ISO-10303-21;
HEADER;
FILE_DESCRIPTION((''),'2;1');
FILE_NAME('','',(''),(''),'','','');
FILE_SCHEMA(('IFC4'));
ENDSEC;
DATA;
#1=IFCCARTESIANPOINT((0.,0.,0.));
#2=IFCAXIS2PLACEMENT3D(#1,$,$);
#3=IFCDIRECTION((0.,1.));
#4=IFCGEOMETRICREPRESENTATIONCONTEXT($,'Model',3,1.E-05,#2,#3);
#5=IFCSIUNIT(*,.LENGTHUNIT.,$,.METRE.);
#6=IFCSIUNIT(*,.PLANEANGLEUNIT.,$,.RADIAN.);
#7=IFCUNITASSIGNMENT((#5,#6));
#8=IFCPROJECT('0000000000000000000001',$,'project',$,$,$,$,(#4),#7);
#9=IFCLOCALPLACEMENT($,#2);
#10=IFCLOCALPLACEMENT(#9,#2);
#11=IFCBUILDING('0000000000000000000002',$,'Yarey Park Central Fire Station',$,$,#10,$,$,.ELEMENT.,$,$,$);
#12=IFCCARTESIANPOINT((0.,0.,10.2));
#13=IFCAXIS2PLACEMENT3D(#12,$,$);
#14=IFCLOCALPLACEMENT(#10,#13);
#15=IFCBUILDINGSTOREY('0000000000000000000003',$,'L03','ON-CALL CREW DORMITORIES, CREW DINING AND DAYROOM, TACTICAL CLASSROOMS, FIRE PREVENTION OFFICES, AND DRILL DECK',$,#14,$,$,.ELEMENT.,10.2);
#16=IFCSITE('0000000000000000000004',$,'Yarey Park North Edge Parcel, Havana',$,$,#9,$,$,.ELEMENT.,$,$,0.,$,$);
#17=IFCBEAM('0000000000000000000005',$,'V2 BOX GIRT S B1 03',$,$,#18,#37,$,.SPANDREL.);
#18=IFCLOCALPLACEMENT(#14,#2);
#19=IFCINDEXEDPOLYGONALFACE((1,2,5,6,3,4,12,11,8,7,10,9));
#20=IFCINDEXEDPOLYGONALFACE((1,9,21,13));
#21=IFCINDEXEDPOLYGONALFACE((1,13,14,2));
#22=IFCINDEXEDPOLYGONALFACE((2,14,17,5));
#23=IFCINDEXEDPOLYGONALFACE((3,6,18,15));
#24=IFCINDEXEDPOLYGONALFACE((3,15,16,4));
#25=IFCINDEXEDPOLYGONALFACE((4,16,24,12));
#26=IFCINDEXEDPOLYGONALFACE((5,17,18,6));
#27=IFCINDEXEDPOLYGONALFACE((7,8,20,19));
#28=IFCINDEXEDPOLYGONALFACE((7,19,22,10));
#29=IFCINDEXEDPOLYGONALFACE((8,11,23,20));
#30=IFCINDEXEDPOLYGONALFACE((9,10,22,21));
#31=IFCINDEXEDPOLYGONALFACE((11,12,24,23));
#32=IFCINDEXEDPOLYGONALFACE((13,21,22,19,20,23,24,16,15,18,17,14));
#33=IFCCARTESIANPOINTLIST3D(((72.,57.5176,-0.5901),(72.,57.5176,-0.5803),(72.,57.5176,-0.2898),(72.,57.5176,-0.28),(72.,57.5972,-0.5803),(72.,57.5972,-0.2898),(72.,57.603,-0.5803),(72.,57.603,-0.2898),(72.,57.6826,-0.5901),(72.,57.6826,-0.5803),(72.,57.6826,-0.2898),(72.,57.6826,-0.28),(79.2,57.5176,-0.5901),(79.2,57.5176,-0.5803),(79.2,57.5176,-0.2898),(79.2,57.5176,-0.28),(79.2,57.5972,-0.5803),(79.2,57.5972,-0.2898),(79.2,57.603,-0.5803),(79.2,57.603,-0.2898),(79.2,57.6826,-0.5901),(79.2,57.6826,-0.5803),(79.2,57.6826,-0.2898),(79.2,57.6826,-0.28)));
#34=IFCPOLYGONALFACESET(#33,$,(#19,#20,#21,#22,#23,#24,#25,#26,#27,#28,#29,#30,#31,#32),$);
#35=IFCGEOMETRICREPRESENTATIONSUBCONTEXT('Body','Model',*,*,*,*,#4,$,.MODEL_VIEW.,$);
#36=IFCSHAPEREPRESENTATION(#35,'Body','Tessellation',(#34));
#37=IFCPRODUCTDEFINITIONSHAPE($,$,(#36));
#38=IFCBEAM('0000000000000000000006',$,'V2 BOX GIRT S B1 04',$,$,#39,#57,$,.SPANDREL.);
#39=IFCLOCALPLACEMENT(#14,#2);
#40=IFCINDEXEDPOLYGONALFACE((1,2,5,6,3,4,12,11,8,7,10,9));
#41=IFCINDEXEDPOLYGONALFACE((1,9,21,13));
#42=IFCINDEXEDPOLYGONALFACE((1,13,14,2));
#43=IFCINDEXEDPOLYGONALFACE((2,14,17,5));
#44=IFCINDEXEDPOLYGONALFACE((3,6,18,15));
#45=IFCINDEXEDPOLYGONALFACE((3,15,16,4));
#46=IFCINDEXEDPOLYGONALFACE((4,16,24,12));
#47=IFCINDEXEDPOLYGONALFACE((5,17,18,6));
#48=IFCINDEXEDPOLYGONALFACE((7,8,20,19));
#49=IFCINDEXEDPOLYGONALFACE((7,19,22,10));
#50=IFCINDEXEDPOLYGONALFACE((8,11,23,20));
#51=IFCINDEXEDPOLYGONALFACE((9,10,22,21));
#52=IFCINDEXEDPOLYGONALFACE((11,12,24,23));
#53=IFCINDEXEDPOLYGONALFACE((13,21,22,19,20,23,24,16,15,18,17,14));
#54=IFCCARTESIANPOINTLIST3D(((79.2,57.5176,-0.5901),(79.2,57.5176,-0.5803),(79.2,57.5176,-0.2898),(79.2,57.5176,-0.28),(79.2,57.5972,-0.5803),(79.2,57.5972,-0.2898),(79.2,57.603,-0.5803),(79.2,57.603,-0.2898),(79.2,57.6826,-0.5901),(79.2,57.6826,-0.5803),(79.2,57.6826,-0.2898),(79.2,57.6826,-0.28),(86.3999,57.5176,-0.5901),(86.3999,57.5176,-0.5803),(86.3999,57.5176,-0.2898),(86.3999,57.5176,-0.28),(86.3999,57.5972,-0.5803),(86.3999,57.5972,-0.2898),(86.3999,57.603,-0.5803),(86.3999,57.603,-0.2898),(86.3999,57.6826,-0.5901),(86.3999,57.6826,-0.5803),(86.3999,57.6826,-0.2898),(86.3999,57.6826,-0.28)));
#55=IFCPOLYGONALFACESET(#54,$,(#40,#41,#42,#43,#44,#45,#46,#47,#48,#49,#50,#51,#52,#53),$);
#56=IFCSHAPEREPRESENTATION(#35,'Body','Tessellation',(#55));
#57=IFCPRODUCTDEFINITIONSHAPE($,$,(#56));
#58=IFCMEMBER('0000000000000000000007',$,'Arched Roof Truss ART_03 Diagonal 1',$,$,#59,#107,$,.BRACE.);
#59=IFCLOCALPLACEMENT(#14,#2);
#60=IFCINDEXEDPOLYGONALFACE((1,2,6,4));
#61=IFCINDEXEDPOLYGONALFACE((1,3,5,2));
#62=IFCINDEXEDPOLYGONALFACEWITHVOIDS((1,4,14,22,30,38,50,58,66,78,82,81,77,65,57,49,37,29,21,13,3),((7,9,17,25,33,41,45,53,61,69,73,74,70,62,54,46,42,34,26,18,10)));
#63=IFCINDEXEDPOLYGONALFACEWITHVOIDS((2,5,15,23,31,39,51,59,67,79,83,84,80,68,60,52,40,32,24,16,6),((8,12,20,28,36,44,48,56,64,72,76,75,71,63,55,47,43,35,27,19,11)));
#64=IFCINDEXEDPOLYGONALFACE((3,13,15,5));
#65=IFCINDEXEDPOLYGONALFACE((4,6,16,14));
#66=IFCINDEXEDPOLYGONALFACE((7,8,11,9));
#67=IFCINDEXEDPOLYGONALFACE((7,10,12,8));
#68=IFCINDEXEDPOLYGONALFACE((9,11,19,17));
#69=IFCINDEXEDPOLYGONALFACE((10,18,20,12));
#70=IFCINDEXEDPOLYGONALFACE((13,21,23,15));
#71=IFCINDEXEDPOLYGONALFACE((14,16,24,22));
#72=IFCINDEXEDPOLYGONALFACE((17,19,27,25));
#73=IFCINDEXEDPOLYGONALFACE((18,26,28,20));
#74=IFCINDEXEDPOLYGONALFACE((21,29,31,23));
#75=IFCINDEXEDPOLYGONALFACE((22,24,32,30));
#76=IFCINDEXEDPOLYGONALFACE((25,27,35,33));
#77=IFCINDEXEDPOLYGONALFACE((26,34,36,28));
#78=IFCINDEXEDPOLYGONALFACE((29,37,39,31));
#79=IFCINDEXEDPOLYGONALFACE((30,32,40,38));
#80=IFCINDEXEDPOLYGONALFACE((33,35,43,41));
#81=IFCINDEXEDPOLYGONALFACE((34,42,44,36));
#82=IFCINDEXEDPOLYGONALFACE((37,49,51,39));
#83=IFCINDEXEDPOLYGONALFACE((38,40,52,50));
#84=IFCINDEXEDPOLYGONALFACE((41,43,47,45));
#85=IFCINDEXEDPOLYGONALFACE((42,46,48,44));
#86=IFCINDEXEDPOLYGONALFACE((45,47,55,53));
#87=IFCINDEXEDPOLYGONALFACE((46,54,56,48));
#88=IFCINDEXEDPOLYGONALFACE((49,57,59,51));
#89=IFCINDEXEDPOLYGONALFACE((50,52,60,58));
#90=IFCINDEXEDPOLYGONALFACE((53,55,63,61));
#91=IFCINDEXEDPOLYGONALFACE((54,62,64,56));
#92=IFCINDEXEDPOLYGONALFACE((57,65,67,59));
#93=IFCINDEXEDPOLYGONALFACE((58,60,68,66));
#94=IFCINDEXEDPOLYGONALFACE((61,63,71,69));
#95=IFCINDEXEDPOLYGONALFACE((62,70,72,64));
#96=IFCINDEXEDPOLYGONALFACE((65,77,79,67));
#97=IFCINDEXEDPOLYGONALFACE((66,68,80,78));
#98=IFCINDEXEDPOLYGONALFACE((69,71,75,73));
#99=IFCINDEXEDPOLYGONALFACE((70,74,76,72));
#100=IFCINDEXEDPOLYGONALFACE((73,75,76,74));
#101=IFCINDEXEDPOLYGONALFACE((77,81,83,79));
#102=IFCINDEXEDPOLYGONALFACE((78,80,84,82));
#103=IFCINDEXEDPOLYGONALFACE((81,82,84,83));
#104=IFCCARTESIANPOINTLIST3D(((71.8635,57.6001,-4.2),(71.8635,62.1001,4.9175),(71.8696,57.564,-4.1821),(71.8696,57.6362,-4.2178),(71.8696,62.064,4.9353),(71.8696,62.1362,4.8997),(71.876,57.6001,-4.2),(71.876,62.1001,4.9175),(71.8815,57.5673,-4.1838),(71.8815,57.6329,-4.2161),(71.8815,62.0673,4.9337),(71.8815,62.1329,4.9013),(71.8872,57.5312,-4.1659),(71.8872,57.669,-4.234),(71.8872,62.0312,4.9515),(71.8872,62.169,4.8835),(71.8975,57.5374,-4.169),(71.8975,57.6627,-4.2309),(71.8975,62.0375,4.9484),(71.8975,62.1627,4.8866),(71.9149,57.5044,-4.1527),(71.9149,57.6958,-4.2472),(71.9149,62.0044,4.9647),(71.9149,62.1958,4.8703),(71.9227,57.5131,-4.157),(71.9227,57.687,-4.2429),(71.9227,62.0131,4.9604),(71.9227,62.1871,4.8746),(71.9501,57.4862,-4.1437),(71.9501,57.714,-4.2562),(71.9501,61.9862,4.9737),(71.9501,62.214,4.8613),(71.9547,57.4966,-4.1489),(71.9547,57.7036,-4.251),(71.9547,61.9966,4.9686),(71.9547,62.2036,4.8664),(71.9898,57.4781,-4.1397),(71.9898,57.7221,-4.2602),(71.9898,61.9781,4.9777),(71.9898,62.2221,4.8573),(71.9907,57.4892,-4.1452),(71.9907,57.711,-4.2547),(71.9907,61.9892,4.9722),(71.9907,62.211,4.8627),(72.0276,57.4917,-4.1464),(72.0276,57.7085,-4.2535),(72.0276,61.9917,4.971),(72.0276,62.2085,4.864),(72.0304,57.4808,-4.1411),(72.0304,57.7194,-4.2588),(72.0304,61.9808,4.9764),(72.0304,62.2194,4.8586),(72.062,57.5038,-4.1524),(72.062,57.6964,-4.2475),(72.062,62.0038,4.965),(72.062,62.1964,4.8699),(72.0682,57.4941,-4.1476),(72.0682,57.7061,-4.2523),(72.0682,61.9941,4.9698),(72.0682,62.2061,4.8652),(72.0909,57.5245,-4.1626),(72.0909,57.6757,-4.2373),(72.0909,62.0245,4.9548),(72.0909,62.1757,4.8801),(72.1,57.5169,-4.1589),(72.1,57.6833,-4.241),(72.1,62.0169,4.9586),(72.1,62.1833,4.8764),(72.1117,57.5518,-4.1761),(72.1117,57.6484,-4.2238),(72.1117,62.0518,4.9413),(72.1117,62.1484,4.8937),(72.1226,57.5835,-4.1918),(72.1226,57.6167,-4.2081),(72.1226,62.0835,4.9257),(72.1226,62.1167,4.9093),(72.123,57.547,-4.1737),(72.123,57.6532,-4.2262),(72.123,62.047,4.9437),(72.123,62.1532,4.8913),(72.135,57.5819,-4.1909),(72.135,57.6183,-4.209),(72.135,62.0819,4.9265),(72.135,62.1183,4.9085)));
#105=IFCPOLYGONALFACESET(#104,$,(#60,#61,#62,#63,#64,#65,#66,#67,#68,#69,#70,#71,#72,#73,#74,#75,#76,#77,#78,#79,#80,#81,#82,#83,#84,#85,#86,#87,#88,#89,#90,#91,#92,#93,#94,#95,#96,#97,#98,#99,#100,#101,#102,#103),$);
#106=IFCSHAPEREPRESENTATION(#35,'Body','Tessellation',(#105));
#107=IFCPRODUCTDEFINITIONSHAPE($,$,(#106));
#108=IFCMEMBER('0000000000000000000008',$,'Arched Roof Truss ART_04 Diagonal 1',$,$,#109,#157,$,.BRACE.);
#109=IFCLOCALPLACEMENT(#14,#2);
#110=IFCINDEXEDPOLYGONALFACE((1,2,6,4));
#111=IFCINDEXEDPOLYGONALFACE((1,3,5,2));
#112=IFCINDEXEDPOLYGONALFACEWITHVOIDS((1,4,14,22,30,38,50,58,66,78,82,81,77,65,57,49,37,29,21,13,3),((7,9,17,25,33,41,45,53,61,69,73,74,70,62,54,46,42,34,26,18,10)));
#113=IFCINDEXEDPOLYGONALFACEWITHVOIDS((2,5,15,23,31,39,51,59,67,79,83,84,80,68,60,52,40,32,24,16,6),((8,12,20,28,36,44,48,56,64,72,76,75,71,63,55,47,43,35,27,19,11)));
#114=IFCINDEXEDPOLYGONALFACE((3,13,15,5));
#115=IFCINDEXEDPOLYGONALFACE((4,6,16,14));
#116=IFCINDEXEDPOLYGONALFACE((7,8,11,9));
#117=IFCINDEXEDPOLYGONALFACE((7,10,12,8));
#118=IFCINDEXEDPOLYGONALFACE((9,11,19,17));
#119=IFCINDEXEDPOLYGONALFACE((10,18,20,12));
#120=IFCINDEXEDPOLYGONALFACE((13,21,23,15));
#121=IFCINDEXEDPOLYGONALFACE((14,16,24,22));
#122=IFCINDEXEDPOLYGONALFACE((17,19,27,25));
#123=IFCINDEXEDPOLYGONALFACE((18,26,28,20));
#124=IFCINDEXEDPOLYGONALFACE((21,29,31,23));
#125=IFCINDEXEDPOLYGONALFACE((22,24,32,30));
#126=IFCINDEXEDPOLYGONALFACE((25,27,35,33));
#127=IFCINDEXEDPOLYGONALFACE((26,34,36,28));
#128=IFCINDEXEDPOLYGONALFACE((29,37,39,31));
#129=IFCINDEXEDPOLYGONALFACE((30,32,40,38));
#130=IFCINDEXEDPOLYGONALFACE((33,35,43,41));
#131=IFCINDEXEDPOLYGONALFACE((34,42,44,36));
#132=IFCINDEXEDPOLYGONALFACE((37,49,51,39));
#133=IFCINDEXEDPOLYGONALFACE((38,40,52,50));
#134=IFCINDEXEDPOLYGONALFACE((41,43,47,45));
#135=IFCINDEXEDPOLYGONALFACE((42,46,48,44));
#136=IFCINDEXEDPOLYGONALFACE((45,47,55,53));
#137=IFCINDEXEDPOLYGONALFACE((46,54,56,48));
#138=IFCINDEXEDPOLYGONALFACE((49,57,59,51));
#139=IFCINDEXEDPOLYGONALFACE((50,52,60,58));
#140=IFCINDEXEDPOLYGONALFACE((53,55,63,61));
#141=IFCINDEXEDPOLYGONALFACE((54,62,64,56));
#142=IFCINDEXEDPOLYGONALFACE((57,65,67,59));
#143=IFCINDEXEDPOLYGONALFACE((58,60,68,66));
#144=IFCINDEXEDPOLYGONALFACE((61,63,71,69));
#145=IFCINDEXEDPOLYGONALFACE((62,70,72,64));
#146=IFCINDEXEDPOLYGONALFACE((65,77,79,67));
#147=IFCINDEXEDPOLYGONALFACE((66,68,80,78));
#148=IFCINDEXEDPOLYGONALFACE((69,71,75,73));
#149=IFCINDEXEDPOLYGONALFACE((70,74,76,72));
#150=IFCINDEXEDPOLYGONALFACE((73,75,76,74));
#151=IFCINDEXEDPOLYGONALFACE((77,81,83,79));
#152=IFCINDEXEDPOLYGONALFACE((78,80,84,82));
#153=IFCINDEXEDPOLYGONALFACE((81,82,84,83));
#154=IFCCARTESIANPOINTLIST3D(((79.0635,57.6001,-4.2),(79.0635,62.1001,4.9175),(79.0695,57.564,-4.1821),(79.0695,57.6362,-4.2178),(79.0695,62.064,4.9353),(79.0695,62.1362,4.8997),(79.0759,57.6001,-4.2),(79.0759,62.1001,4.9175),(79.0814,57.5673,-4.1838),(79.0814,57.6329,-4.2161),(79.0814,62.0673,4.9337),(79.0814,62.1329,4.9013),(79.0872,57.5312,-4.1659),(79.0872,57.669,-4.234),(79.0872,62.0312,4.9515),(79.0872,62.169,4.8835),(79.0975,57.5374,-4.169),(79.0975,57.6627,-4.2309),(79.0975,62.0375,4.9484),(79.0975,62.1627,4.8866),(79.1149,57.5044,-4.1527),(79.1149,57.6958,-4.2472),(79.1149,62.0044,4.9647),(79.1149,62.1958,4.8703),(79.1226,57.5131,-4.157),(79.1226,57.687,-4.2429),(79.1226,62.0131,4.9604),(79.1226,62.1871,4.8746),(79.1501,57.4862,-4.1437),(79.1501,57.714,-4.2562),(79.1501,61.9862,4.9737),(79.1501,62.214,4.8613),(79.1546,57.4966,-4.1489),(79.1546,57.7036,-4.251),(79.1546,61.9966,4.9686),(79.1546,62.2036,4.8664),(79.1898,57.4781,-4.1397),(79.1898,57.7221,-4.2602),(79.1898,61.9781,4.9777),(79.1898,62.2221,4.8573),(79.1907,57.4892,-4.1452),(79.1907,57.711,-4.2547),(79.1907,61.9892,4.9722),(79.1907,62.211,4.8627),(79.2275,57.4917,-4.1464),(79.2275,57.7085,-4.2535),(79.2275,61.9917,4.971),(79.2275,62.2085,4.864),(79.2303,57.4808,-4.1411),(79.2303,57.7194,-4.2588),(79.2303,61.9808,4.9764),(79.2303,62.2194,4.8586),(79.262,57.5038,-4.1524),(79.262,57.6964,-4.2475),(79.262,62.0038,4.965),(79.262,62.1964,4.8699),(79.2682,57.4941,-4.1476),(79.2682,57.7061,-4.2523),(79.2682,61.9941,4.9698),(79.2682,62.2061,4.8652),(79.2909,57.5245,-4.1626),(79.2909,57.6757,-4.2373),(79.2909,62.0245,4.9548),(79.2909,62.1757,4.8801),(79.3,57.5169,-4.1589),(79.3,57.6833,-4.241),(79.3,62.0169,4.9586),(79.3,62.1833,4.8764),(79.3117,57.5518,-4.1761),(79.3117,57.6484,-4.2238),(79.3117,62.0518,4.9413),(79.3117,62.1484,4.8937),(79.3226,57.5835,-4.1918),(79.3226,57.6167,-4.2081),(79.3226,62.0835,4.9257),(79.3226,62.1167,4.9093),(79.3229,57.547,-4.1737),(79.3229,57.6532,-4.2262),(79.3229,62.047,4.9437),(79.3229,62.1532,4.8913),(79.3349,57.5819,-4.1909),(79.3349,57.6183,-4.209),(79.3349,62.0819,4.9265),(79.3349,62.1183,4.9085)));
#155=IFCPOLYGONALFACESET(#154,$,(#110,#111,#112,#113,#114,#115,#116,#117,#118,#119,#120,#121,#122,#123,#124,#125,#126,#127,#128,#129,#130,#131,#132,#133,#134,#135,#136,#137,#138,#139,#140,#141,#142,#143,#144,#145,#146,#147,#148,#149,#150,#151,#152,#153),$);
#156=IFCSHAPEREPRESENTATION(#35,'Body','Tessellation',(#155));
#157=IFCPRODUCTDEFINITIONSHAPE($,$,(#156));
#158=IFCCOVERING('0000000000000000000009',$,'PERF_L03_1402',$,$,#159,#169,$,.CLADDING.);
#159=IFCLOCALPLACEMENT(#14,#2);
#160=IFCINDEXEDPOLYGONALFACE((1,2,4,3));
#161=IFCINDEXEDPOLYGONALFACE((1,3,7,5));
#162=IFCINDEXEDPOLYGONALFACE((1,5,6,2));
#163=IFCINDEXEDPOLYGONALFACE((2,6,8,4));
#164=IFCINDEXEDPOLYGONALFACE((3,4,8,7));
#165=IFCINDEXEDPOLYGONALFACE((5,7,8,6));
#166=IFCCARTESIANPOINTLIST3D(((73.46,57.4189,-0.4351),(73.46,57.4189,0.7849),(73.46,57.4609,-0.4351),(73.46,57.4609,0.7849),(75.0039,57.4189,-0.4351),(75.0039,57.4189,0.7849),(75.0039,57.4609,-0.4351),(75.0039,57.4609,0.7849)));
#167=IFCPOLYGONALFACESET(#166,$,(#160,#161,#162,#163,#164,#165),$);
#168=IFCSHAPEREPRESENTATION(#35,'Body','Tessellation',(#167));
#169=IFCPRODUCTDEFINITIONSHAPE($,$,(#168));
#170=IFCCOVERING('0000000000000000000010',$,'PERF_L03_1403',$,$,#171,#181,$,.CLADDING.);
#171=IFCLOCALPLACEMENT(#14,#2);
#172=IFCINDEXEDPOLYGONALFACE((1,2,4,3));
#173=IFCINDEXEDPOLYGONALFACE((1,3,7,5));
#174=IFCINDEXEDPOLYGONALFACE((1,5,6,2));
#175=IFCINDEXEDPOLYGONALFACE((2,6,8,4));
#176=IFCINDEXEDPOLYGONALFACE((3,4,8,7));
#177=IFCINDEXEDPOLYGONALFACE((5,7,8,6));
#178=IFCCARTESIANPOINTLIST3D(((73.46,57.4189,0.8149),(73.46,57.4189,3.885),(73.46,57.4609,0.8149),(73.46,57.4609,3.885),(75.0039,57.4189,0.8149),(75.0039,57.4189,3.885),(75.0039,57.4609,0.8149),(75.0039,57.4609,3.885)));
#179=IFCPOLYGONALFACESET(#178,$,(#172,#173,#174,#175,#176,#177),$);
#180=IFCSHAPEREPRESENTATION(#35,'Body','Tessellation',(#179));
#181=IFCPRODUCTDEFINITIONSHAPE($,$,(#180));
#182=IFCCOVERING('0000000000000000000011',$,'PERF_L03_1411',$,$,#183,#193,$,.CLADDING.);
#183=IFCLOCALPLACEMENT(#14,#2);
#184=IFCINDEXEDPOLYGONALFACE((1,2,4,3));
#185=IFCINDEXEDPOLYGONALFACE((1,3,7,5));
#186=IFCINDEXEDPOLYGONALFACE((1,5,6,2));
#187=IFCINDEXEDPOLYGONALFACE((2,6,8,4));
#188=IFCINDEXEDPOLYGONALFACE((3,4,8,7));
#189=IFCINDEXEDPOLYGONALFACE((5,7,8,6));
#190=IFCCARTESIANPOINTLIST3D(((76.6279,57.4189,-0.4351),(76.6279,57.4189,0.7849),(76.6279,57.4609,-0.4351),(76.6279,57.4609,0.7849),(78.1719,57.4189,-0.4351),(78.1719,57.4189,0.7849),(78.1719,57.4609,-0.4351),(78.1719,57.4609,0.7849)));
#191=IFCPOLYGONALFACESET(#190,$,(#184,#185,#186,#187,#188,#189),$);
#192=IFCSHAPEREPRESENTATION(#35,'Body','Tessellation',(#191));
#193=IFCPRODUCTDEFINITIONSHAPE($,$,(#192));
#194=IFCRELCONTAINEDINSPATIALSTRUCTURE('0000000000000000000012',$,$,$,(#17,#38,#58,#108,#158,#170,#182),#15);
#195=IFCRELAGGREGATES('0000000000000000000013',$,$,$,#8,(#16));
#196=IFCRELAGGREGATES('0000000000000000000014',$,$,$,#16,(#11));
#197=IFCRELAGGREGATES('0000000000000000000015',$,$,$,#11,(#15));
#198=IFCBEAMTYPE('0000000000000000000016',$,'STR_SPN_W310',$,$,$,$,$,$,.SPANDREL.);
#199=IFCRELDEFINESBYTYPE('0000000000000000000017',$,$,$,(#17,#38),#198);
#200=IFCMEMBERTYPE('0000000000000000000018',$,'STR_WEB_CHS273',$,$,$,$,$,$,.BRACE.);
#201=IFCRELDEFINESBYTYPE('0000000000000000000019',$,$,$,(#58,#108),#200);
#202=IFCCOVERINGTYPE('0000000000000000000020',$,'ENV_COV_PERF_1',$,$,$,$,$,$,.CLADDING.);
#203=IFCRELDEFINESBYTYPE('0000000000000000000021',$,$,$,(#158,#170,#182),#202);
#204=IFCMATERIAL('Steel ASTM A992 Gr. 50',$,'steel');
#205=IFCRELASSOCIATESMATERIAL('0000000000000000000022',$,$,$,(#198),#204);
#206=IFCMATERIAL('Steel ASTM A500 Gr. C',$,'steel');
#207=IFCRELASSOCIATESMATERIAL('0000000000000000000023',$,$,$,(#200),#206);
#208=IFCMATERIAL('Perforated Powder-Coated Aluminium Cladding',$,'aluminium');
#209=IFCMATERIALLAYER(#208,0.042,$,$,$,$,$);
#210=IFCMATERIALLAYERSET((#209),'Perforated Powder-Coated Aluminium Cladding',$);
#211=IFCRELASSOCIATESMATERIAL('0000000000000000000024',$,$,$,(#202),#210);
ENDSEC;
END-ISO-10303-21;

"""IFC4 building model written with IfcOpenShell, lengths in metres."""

from ifc_helpers import new_model, si_unit, direction, frame, origin, origin_2d, place, context, subcontext, project, spatial, rectangle, hollow_circle, i_section, extrude, material, layer, layer_set, material_profile, profile_set, type_object, element, save


model = new_model("IFC4")

# Units and contexts
model_context = context("Model", 3, precision=1e-05, world=origin(), true_north=direction((0.0, 1.0)))
body_context = subcontext(model_context, "Body", "Model", "MODEL_VIEW")
ifc_project = project(units=[si_unit("LENGTHUNIT", "METRE"), si_unit("PLANEANGLEUNIT", "RADIAN")], contexts=[model_context])

# Site, building, storey
site_placement = place(None, origin())
site = spatial("IfcSite", under=ifc_project, at=site_placement, Name="Yarey Park North Edge Parcel, Havana", CompositionType="ELEMENT", RefElevation=0.0)
building_placement = place(site_placement, origin())
building = spatial("IfcBuilding", under=site, at=building_placement, Name="Yarey Park Central Fire Station", CompositionType="ELEMENT")
storey_placement = place(building_placement, frame((0.0, 0.0, 10.2)))
storey = spatial("IfcBuildingStorey", under=building, at=storey_placement, Name="L03", Description="ON-CALL CREW DORMITORIES, CREW DINING AND DAYROOM, TACTICAL CLASSROOMS, FIRE PREVENTION OFFICES, AND DRILL DECK", CompositionType="ELEMENT", Elevation=10.2)

# Shared definitions
ifc_material_1 = material(Name="Steel ASTM A992 Gr. 50", Category="steel")

# Shared definitions
ifc_material_2 = material(Name="Steel ASTM A500 Gr. C", Category="steel")

# Beams
ifc_material_profile_1 = material_profile(ifc_material_1, i_section(OverallWidth=0.165, OverallDepth=0.3101, WebThickness=0.0059, FlangeThickness=0.0098, at=origin_2d()), Name="W310x39")
ifc_profile_set_1 = profile_set([ifc_material_profile_1], Name="Steel ASTM A992 Gr. 50")
beam_type_1 = type_object("IfcBeamType", Name="STR_SPN_W310", PredefinedType="SPANDREL", material=ifc_profile_set_1)
for number, where, z_axis, x_axis, name in (
    (1, (72.0, 57.6001, -0.4351), (1.0, 0.0, 0.0), (0.0, 1.0, 0.0), "V2 BOX GIRT S B1 03"),
    (2, (79.2, 57.6001, -0.4351), (1.0, 0.0, 0.0), (0.0, 1.0, 0.0), "V2 BOX GIRT S B1 04"),
):
    element("IfcBeam", number, at=place(storey_placement, frame(where, z_axis=z_axis, x_axis=x_axis)), inside=storey, type_object=beam_type_1, Name=name, PredefinedType="SPANDREL", context=body_context, shape_type="SweptSolid", body=[
        extrude(i_section(OverallWidth=0.165, OverallDepth=0.3101, WebThickness=0.0059, FlangeThickness=0.0098, at=origin_2d()), origin(), (0.0, 0.0, 1.0), 7.2),
    ])

# Members
ifc_material_profile_2 = material_profile(ifc_material_2, hollow_circle(Radius=0.1365, WallThickness=0.0125, at=origin_2d()), Name="CHS 273x12.5")
ifc_profile_set_2 = profile_set([ifc_material_profile_2], Name="Steel ASTM A500 Gr. C")
member_type_1 = type_object("IfcMemberType", Name="STR_WEB_CHS273", PredefinedType="BRACE", material=ifc_profile_set_2)
for number, where, z_axis, x_axis, name in (
    (3, (72.0, 57.6001, -4.2), (0.0, 0.442588, 0.896725), (-1.0, 0.0, 0.0), "Arched Roof Truss ART_03 Diagonal 1"),
    (4, (79.2, 57.6001, -4.2), (0.0, 0.442588, 0.896725), (-1.0, 0.0, 0.0), "Arched Roof Truss ART_04 Diagonal 1"),
):
    element("IfcMember", number, at=place(storey_placement, frame(where, z_axis=z_axis, x_axis=x_axis)), inside=storey, type_object=member_type_1, Name=name, PredefinedType="BRACE", context=body_context, shape_type="SweptSolid", body=[
        extrude(hollow_circle(Radius=0.1365, WallThickness=0.0125, at=origin_2d()), origin(), (0.0, 0.0, 1.0), 10.1675),
    ])

# Coverings
ifc_material_3 = material(Name="Perforated Powder-Coated Aluminium Cladding", Category="aluminium")
ifc_layer_1 = layer(ifc_material_3, 0.042)
ifc_layer_set_1 = layer_set([ifc_layer_1], Name="Perforated Powder-Coated Aluminium Cladding")
covering_type_1 = type_object("IfcCoveringType", Name="ENV_COV_PERF_1", PredefinedType="CLADDING", material=ifc_layer_set_1)
covering_1_placement = place(storey_placement, frame((74.2319, 57.4399, -0.4351), z_axis=(0.0, 0.0, 1.0), x_axis=(1.0, 0.0, 0.0)))
element("IfcCovering", 5, at=covering_1_placement, inside=storey, type_object=covering_type_1, Name="PERF_L03_1402", PredefinedType="CLADDING", context=body_context, shape_type="SweptSolid", body=[
    extrude(rectangle(XDim=1.5439, YDim=0.042, at=origin_2d()), origin(), (0.0, 0.0, 1.0), 1.22),
])
covering_2_placement = place(storey_placement, frame((74.2319, 57.4399, 0.8149), z_axis=(0.0, 0.0, 1.0), x_axis=(1.0, 0.0, 0.0)))
element("IfcCovering", 6, at=covering_2_placement, inside=storey, type_object=covering_type_1, Name="PERF_L03_1403", PredefinedType="CLADDING", context=body_context, shape_type="SweptSolid", body=[
    extrude(rectangle(XDim=1.5439, YDim=0.042, at=origin_2d()), origin(), (0.0, 0.0, 1.0), 3.0701),
])
covering_3_placement = place(storey_placement, frame((77.3999, 57.4399, -0.4351), z_axis=(0.0, 0.0, 1.0), x_axis=(1.0, 0.0, 0.0)))
element("IfcCovering", 7, at=covering_3_placement, inside=storey, type_object=covering_type_1, Name="PERF_L03_1411", PredefinedType="CLADDING", context=body_context, shape_type="SweptSolid", body=[
    extrude(rectangle(XDim=1.5439, YDim=0.042, at=origin_2d()), origin(), (0.0, 0.0, 1.0), 1.22),
])

save(model, "model.ifc")
